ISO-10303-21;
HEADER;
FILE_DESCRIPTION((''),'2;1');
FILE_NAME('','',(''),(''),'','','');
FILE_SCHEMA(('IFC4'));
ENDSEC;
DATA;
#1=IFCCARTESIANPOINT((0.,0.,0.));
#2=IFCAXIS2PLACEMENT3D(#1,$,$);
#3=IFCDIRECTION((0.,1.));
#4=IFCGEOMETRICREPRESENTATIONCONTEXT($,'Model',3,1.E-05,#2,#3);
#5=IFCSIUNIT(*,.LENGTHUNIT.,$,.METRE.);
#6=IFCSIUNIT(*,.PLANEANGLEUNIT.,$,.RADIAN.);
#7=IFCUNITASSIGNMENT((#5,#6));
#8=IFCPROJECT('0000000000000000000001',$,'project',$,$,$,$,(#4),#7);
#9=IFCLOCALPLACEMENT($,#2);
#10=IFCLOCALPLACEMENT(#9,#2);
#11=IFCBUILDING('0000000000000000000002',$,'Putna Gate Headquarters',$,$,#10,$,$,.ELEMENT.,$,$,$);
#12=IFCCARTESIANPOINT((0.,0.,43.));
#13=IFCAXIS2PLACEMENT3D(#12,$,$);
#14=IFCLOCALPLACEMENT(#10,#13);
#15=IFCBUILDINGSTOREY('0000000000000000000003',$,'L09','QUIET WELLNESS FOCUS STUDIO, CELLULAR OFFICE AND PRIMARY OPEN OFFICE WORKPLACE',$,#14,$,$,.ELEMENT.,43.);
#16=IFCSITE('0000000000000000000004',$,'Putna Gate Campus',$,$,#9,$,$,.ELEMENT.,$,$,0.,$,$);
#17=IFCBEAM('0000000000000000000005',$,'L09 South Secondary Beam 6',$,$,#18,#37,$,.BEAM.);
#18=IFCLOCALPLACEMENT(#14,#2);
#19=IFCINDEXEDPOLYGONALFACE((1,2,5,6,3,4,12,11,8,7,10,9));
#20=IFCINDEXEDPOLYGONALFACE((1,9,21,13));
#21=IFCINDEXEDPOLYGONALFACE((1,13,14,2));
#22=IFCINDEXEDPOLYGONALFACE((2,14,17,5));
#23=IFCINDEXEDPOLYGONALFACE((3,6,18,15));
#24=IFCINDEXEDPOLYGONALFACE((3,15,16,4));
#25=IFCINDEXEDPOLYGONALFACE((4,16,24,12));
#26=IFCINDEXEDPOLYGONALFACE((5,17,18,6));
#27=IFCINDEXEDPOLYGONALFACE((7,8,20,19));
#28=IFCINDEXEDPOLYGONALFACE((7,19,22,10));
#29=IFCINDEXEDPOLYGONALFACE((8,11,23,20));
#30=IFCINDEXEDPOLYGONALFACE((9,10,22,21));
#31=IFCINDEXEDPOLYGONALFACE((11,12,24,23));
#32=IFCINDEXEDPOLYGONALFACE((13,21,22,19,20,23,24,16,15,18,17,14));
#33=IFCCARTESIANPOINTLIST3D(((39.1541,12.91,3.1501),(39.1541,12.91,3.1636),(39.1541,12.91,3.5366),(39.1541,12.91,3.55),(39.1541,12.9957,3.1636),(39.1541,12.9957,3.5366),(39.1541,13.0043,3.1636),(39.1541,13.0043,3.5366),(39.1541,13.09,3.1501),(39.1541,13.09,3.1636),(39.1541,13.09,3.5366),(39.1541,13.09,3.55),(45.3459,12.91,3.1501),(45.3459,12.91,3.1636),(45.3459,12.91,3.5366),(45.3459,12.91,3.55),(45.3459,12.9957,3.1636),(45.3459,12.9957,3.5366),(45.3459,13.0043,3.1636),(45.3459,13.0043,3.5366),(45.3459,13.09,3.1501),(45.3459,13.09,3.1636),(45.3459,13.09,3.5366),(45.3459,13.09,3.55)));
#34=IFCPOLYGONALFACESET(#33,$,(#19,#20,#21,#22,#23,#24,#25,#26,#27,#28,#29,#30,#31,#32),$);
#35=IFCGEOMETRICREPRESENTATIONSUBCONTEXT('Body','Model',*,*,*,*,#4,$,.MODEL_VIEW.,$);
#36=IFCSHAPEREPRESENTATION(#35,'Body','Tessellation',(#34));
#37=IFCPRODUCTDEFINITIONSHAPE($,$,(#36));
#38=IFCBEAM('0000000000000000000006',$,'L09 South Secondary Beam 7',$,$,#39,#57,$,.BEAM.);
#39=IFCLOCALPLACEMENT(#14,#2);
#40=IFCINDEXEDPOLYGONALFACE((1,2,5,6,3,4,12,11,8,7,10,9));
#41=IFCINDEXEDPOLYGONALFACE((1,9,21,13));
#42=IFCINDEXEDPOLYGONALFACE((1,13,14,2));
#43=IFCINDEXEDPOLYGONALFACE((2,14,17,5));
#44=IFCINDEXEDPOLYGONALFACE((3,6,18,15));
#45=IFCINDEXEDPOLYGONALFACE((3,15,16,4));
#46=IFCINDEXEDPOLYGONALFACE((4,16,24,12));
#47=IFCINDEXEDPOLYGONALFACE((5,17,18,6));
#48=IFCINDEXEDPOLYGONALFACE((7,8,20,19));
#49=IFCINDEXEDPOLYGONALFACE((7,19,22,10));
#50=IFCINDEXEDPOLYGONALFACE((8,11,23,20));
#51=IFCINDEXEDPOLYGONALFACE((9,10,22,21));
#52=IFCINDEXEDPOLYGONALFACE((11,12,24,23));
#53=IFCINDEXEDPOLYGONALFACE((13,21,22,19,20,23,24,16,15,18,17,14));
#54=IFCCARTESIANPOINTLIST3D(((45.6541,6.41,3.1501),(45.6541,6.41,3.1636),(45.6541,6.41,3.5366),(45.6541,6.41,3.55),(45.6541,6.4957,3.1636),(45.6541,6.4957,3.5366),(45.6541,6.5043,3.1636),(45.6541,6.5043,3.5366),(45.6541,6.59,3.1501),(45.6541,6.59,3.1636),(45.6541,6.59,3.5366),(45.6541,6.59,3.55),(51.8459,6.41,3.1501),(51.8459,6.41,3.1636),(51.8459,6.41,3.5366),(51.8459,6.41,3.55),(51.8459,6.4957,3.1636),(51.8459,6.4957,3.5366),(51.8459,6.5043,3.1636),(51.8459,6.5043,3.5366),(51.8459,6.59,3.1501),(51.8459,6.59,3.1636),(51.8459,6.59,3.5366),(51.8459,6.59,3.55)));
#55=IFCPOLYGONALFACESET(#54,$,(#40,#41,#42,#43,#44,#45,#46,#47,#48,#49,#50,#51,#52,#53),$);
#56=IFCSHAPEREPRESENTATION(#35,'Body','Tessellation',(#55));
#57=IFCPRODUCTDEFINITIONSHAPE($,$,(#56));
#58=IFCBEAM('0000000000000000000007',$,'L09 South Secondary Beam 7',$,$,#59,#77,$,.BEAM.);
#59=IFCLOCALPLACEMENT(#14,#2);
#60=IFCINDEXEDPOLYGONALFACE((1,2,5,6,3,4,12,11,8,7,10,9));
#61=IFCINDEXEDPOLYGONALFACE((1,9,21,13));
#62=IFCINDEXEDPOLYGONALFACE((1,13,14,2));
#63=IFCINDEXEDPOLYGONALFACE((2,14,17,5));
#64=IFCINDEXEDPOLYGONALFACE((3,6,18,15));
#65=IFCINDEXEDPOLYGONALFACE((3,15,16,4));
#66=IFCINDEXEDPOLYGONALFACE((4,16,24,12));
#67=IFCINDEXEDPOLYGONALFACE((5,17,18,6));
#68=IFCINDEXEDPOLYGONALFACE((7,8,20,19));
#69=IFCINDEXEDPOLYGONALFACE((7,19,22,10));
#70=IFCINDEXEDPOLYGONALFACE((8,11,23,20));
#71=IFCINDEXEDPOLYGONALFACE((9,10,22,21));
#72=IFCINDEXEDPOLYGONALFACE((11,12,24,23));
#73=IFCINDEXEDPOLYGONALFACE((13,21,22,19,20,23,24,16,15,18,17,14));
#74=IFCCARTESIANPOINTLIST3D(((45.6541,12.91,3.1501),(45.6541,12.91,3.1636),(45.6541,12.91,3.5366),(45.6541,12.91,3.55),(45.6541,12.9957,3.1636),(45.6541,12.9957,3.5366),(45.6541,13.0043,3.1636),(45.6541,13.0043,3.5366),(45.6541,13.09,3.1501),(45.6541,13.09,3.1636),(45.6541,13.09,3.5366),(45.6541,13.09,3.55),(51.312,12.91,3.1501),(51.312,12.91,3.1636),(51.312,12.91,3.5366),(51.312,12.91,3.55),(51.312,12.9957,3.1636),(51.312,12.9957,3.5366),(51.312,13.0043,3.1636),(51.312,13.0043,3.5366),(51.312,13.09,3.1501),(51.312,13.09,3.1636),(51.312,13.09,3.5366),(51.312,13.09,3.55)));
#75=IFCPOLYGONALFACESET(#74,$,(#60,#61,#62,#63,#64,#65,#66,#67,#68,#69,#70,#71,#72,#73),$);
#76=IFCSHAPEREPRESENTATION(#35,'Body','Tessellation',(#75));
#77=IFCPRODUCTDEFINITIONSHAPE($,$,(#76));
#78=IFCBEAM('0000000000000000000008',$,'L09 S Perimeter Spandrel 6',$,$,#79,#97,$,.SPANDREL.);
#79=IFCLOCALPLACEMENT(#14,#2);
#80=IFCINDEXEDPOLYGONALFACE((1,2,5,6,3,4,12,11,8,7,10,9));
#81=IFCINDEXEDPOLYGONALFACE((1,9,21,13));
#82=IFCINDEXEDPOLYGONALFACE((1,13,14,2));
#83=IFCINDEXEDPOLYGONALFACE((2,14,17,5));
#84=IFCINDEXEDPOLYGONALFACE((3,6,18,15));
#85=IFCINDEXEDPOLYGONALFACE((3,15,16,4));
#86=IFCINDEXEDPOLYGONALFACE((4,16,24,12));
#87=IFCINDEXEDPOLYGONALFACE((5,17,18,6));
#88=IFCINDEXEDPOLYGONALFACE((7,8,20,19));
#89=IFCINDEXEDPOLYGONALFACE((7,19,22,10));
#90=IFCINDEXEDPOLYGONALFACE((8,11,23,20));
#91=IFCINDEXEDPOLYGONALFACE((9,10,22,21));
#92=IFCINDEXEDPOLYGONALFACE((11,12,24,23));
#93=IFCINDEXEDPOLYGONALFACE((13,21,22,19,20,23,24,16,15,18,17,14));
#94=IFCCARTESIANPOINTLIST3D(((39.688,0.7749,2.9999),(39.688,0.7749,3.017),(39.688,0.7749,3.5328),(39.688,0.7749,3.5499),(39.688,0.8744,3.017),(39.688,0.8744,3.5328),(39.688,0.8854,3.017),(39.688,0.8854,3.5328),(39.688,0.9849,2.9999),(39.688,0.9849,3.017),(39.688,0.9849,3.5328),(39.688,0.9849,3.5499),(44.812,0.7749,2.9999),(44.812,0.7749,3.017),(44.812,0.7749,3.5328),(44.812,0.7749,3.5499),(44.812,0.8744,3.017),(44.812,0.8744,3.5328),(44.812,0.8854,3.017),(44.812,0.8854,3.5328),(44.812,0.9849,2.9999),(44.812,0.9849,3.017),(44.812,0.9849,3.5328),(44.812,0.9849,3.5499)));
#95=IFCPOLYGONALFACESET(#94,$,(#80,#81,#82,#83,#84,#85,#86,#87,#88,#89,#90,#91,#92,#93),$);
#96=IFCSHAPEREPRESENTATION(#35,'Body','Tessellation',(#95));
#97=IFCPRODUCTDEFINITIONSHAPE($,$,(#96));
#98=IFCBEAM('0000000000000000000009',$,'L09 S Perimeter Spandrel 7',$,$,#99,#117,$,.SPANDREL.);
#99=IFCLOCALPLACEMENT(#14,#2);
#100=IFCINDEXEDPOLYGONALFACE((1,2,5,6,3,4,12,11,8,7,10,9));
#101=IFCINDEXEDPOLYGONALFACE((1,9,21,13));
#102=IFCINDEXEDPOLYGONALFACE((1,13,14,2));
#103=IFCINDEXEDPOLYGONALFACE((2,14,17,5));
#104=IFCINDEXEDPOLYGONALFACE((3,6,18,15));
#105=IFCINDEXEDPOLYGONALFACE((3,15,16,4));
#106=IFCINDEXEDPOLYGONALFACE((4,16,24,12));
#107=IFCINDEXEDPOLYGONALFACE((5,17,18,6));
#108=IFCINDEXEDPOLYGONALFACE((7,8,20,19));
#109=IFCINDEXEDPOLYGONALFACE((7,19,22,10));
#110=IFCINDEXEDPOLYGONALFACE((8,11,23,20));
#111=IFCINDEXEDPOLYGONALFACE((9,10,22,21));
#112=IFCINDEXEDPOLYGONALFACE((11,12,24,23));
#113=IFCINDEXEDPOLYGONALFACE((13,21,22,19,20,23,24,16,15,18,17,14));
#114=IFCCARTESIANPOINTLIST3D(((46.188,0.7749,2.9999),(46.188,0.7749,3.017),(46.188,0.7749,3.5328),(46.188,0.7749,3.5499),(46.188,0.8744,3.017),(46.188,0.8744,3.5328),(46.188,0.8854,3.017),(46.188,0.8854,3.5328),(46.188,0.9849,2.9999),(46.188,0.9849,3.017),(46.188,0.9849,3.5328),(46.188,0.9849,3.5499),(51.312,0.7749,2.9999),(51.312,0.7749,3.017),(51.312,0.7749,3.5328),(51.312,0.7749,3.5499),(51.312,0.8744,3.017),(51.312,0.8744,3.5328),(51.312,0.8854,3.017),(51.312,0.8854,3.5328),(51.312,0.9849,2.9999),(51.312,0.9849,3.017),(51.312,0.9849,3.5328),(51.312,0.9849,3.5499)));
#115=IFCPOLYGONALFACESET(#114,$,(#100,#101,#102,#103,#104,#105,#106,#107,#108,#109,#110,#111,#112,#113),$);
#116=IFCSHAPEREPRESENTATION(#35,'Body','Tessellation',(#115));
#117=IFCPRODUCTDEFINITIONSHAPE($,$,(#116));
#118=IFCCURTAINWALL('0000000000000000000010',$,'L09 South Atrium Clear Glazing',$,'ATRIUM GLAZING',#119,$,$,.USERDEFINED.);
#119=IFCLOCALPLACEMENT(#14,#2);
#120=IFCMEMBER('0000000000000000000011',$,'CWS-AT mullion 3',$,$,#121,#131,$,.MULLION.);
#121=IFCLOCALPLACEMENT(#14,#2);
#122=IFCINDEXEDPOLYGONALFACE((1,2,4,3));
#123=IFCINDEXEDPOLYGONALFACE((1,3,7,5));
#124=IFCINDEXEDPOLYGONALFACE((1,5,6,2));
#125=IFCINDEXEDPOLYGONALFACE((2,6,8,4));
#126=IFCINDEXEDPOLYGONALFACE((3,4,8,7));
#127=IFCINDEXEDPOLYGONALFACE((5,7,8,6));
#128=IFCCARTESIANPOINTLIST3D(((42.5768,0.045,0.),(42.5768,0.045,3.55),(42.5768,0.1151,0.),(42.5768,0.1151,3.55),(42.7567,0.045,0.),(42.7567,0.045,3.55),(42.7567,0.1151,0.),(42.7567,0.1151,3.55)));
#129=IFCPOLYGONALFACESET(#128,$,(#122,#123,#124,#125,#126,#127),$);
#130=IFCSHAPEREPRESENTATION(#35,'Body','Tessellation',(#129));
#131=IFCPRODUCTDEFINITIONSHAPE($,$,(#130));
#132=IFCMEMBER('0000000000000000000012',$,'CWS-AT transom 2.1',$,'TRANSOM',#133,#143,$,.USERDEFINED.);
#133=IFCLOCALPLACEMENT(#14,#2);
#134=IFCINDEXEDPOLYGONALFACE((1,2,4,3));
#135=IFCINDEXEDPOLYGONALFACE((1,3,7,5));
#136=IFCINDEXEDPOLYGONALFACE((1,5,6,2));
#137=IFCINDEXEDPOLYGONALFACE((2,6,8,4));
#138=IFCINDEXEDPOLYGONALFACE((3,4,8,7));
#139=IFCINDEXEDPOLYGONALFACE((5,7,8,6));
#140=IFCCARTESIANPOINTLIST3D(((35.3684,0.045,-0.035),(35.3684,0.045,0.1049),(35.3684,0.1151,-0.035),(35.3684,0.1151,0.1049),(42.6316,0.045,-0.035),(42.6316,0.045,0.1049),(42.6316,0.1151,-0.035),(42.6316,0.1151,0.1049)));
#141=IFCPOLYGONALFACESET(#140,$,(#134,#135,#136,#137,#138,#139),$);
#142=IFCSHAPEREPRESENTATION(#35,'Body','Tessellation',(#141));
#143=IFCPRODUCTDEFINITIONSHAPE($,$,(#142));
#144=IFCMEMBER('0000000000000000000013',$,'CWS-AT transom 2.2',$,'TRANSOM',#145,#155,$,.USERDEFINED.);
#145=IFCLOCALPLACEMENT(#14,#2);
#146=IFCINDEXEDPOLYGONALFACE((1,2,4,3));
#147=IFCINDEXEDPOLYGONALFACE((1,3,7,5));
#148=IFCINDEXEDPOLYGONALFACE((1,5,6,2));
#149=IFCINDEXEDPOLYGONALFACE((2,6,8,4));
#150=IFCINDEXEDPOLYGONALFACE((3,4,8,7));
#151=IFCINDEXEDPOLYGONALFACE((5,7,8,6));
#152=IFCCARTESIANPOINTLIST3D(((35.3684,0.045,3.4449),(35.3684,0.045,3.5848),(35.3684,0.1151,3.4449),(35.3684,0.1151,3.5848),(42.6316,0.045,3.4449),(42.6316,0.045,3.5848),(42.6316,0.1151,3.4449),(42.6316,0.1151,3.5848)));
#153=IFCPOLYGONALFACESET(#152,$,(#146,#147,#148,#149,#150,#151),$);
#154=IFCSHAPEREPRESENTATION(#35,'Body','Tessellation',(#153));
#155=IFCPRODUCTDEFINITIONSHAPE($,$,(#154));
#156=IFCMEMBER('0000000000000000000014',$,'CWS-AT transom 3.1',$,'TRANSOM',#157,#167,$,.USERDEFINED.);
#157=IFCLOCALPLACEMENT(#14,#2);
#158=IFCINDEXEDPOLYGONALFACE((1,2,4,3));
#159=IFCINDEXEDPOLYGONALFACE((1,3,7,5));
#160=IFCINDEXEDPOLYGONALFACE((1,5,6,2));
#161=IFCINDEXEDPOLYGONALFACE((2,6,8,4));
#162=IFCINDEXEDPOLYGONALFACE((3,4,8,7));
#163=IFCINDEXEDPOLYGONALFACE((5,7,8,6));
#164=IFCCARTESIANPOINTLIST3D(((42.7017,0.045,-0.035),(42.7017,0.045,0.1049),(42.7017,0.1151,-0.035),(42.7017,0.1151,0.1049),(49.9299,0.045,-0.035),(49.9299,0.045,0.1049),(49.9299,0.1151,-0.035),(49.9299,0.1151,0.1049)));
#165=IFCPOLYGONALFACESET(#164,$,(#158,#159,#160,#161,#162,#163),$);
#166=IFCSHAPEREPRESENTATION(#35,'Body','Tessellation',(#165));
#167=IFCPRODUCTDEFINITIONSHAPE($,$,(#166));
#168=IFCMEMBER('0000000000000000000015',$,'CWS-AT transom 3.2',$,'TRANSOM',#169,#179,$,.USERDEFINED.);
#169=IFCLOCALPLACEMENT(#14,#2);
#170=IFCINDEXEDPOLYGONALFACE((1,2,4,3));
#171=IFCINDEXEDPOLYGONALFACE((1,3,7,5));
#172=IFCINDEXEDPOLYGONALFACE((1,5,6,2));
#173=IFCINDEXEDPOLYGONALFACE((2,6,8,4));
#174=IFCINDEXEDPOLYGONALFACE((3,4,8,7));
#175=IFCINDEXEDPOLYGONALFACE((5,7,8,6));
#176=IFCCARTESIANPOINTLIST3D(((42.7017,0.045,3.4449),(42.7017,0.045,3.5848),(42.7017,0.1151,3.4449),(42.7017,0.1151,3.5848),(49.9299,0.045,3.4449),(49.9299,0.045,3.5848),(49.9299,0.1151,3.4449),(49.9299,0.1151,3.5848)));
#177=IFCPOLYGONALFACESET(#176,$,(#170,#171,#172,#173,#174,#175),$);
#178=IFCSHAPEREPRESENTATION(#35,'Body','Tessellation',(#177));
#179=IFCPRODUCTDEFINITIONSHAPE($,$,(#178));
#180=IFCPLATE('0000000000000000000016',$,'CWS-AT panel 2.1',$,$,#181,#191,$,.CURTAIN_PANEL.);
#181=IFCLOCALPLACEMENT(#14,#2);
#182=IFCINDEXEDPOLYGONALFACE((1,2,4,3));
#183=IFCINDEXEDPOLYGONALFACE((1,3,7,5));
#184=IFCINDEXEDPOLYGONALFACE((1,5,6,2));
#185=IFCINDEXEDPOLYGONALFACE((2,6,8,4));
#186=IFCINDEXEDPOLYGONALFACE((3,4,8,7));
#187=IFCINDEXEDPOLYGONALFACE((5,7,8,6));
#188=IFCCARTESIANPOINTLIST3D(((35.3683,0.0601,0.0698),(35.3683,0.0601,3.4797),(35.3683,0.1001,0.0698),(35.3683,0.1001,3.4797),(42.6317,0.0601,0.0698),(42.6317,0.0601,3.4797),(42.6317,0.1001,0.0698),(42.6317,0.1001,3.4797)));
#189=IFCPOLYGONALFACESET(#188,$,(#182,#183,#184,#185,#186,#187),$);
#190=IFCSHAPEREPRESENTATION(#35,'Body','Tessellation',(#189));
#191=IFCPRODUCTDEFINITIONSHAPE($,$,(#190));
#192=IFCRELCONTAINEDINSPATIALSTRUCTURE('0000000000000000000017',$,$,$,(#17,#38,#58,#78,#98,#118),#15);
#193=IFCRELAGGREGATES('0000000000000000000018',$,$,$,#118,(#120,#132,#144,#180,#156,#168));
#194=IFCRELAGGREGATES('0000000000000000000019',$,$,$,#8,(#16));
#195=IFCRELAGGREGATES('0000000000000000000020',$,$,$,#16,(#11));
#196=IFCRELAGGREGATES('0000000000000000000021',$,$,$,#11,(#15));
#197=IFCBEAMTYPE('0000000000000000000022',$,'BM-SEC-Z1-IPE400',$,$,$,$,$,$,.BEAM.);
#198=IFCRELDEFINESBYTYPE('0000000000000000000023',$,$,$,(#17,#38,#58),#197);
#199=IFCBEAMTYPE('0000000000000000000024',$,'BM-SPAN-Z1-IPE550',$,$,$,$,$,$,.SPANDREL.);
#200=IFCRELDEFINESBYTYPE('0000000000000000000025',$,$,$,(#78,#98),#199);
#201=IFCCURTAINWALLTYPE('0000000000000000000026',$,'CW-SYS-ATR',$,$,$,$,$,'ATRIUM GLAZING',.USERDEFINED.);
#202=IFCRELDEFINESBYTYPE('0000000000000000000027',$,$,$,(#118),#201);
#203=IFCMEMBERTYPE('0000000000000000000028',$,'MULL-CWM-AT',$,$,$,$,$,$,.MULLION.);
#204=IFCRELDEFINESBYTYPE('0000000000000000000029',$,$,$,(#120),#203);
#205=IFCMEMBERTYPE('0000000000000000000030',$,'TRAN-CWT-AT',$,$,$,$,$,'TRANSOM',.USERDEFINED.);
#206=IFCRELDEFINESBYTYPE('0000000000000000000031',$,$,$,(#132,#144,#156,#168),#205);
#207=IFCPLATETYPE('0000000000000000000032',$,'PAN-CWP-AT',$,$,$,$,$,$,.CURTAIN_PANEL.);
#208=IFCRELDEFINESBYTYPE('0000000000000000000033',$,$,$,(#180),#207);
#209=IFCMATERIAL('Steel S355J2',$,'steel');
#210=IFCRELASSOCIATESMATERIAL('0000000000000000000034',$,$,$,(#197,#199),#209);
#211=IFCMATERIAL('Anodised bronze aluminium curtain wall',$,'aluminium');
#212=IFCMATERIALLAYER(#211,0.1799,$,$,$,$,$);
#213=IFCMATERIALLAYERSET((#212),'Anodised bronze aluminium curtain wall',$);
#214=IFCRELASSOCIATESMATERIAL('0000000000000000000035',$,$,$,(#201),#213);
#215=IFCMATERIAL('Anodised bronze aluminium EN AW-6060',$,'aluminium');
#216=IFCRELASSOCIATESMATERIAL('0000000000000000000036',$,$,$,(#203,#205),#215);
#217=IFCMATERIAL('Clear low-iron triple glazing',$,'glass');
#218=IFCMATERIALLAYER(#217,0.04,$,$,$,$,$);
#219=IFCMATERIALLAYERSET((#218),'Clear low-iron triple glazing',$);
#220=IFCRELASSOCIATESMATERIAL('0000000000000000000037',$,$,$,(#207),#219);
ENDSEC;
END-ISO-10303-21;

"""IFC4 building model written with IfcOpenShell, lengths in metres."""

from ifc_helpers import new_model, si_unit, direction, frame, origin, origin_2d, place, context, subcontext, project, spatial, rectangle, i_section, extrude, material, layer, layer_set, material_profile, profile_set, type_object, element, aggregate, save


model = new_model("IFC4")

# Units and contexts
model_context = context("Model", 3, precision=1e-05, world=origin(), true_north=direction((0.0, 1.0)))
body_context = subcontext(model_context, "Body", "Model", "MODEL_VIEW")
ifc_project = project(units=[si_unit("LENGTHUNIT", "METRE"), si_unit("PLANEANGLEUNIT", "RADIAN")], contexts=[model_context])

# Site, building, storey
site_placement = place(None, origin())
site = spatial("IfcSite", under=ifc_project, at=site_placement, Name="Putna Gate Campus", CompositionType="ELEMENT", RefElevation=0.0)
building_placement = place(site_placement, origin())
building = spatial("IfcBuilding", under=site, at=building_placement, Name="Putna Gate Headquarters", CompositionType="ELEMENT")
storey_placement = place(building_placement, frame((0.0, 0.0, 43.0)))
storey = spatial("IfcBuildingStorey", under=building, at=storey_placement, Name="L09", Description="QUIET WELLNESS FOCUS STUDIO, CELLULAR OFFICE AND PRIMARY OPEN OFFICE WORKPLACE", CompositionType="ELEMENT", Elevation=43.0)

# Beams
ifc_material_1 = material(Name="Steel S355J2", Category="steel")
ifc_material_profile_1 = material_profile(ifc_material_1, i_section(OverallWidth=0.1799, OverallDepth=0.3999, WebThickness=0.0085, FlangeThickness=0.0134, at=origin_2d()), Name="Steel S355J2")
ifc_profile_set_1 = profile_set([ifc_material_profile_1], Name="Steel S355J2")
beam_type_1 = type_object("IfcBeamType", Name="BM-SEC-Z1-IPE400", PredefinedType="BEAM", material=ifc_profile_set_1)
for number, where, z_axis, x_axis, name in (
    (1, (39.1541, 13.0, 3.3501), (1.0, 0.0, 0.0), (0.0, 1.0, 0.0), "L09 South Secondary Beam 6"),
    (2, (45.6541, 6.5, 3.3501), (1.0, 0.0, 0.0), (0.0, 1.0, 0.0), "L09 South Secondary Beam 7"),
):
    element("IfcBeam", number, at=place(storey_placement, frame(where, z_axis=z_axis, x_axis=x_axis)), inside=storey, type_object=beam_type_1, Name=name, PredefinedType="BEAM", context=body_context, shape_type="SweptSolid", body=[
        extrude(i_section(OverallWidth=0.1799, OverallDepth=0.3999, WebThickness=0.0085, FlangeThickness=0.0134, at=origin_2d()), origin(), (0.0, 0.0, 1.0), 6.1919),
    ])
beam_1_placement = place(storey_placement, frame((45.6541, 13.0, 3.3501), z_axis=(1.0, 0.0, 0.0), x_axis=(0.0, 1.0, 0.0)))
element("IfcBeam", 3, at=beam_1_placement, inside=storey, type_object=beam_type_1, Name="L09 South Secondary Beam 7", PredefinedType="BEAM", context=body_context, shape_type="SweptSolid", body=[
    extrude(i_section(OverallWidth=0.1799, OverallDepth=0.3999, WebThickness=0.0085, FlangeThickness=0.0134, at=origin_2d()), origin(), (0.0, 0.0, 1.0), 5.658),
])
ifc_material_profile_2 = material_profile(ifc_material_1, i_section(OverallWidth=0.21, OverallDepth=0.55, WebThickness=0.011, FlangeThickness=0.0171, at=origin_2d()), Name="Steel S355J2")
ifc_profile_set_2 = profile_set([ifc_material_profile_2], Name="Steel S355J2")
beam_type_2 = type_object("IfcBeamType", Name="BM-SPAN-Z1-IPE550", PredefinedType="SPANDREL", material=ifc_profile_set_2)
for number, where, z_axis, x_axis, name in (
    (4, (39.688, 0.8799, 3.2749), (1.0, 0.0, 0.0), (0.0, 1.0, 0.0), "L09 S Perimeter Spandrel 6"),
    (5, (46.188, 0.8799, 3.2749), (1.0, 0.0, 0.0), (0.0, 1.0, 0.0), "L09 S Perimeter Spandrel 7"),
):
    element("IfcBeam", number, at=place(storey_placement, frame(where, z_axis=z_axis, x_axis=x_axis)), inside=storey, type_object=beam_type_2, Name=name, PredefinedType="SPANDREL", context=body_context, shape_type="SweptSolid", body=[
        extrude(i_section(OverallWidth=0.21, OverallDepth=0.55, WebThickness=0.011, FlangeThickness=0.0171, at=origin_2d()), origin(), (0.0, 0.0, 1.0), 5.124),
    ])

# Curtain wall, members, plate
ifc_material_2 = material(Name="Anodised bronze aluminium curtain wall", Category="aluminium")
ifc_layer_1 = layer(ifc_material_2, 0.1799)
ifc_layer_set_1 = layer_set([ifc_layer_1], Name="Anodised bronze aluminium curtain wall")
curtain_wall_type = type_object("IfcCurtainWallType", Name="CW-SYS-ATR", ElementType="ATRIUM GLAZING", PredefinedType="USERDEFINED", material=ifc_layer_set_1)
curtain_wall_placement = place(storey_placement, origin())
curtain_wall = element("IfcCurtainWall", 6, at=curtain_wall_placement, inside=storey, type_object=curtain_wall_type, Name="L09 South Atrium Clear Glazing", ObjectType="ATRIUM GLAZING", PredefinedType="USERDEFINED")
ifc_material_3 = material(Name="Anodised bronze aluminium EN AW-6060", Category="aluminium")
ifc_material_profile_3 = material_profile(ifc_material_3, rectangle(XDim=0.0701, YDim=0.1799, at=origin_2d()), Name="Anodised bronze aluminium EN AW-6060")
ifc_profile_set_3 = profile_set([ifc_material_profile_3], Name="Anodised bronze aluminium EN AW-6060")
member_type_1 = type_object("IfcMemberType", Name="MULL-CWM-AT", PredefinedType="MULLION", material=ifc_profile_set_3)
member_1_placement = place(storey_placement, frame((42.6667, 0.0801, 0.0), z_axis=(0.0, 0.0, 1.0), x_axis=(0.0, 1.0, 0.0)))
member_1 = element("IfcMember", 7, at=member_1_placement, type_object=member_type_1, Name="CWS-AT mullion 3", PredefinedType="MULLION", context=body_context, shape_type="SweptSolid", body=[
    extrude(rectangle(XDim=0.0701, YDim=0.1799, at=origin_2d()), origin(), (0.0, 0.0, 1.0), 3.55),
])
ifc_material_profile_4 = material_profile(ifc_material_3, rectangle(XDim=0.0701, YDim=0.1399, at=origin_2d()), Name="Anodised bronze aluminium EN AW-6060")
ifc_profile_set_4 = profile_set([ifc_material_profile_4], Name="Anodised bronze aluminium EN AW-6060")
member_type_2 = type_object("IfcMemberType", Name="TRAN-CWT-AT", ElementType="TRANSOM", PredefinedType="USERDEFINED", material=ifc_profile_set_4)
member_2_placement = place(storey_placement, frame((35.3684, 0.0801, 0.0349), z_axis=(1.0, 0.0, 0.0), x_axis=(0.0, 1.0, 0.0)))
member_2 = element("IfcMember", 8, at=member_2_placement, type_object=member_type_2, Name="CWS-AT transom 2.1", ObjectType="TRANSOM", PredefinedType="USERDEFINED", context=body_context, shape_type="SweptSolid", body=[
    extrude(rectangle(XDim=0.0701, YDim=0.1399, at=origin_2d()), origin(), (0.0, 0.0, 1.0), 7.2632),
])
member_3_placement = place(storey_placement, frame((35.3684, 0.0801, 3.5149), z_axis=(1.0, 0.0, 0.0), x_axis=(0.0, 1.0, 0.0)))
member_3 = element("IfcMember", 9, at=member_3_placement, type_object=member_type_2, Name="CWS-AT transom 2.2", ObjectType="TRANSOM", PredefinedType="USERDEFINED", context=body_context, shape_type="SweptSolid", body=[
    extrude(rectangle(XDim=0.0701, YDim=0.1399, at=origin_2d()), origin(), (0.0, 0.0, 1.0), 7.2632),
])
member_4_placement = place(storey_placement, frame((42.7017, 0.0801, 0.0349), z_axis=(1.0, 0.0, 0.0), x_axis=(0.0, 1.0, 0.0)))
member_4 = element("IfcMember", 10, at=member_4_placement, type_object=member_type_2, Name="CWS-AT transom 3.1", ObjectType="TRANSOM", PredefinedType="USERDEFINED", context=body_context, shape_type="SweptSolid", body=[
    extrude(rectangle(XDim=0.0701, YDim=0.1399, at=origin_2d()), origin(), (0.0, 0.0, 1.0), 7.2283),
])
member_5_placement = place(storey_placement, frame((42.7017, 0.0801, 3.5149), z_axis=(1.0, 0.0, 0.0), x_axis=(0.0, 1.0, 0.0)))
member_5 = element("IfcMember", 11, at=member_5_placement, type_object=member_type_2, Name="CWS-AT transom 3.2", ObjectType="TRANSOM", PredefinedType="USERDEFINED", context=body_context, shape_type="SweptSolid", body=[
    extrude(rectangle(XDim=0.0701, YDim=0.1399, at=origin_2d()), origin(), (0.0, 0.0, 1.0), 7.2283),
])
ifc_material_4 = material(Name="Clear low-iron triple glazing", Category="glass")
ifc_layer_2 = layer(ifc_material_4, 0.04)
ifc_layer_set_2 = layer_set([ifc_layer_2], Name="Clear low-iron triple glazing")
plate_type = type_object("IfcPlateType", Name="PAN-CWP-AT", PredefinedType="CURTAIN_PANEL", material=ifc_layer_set_2)
plate_1_placement = place(storey_placement, frame((39.0, 0.0801, 0.0698), z_axis=(0.0, 0.0, 1.0), x_axis=(1.0, 0.0, 0.0)))
plate_1 = element("IfcPlate", 12, at=plate_1_placement, type_object=plate_type, Name="CWS-AT panel 2.1", PredefinedType="CURTAIN_PANEL", context=body_context, shape_type="SweptSolid", body=[
    extrude(rectangle(XDim=7.2634, YDim=0.04, at=origin_2d()), origin(), (0.0, 0.0, 1.0), 3.4099),
])
aggregate(curtain_wall, [member_1, member_2, member_3, plate_1, member_4, member_5])

save(model, "model.ifc")
